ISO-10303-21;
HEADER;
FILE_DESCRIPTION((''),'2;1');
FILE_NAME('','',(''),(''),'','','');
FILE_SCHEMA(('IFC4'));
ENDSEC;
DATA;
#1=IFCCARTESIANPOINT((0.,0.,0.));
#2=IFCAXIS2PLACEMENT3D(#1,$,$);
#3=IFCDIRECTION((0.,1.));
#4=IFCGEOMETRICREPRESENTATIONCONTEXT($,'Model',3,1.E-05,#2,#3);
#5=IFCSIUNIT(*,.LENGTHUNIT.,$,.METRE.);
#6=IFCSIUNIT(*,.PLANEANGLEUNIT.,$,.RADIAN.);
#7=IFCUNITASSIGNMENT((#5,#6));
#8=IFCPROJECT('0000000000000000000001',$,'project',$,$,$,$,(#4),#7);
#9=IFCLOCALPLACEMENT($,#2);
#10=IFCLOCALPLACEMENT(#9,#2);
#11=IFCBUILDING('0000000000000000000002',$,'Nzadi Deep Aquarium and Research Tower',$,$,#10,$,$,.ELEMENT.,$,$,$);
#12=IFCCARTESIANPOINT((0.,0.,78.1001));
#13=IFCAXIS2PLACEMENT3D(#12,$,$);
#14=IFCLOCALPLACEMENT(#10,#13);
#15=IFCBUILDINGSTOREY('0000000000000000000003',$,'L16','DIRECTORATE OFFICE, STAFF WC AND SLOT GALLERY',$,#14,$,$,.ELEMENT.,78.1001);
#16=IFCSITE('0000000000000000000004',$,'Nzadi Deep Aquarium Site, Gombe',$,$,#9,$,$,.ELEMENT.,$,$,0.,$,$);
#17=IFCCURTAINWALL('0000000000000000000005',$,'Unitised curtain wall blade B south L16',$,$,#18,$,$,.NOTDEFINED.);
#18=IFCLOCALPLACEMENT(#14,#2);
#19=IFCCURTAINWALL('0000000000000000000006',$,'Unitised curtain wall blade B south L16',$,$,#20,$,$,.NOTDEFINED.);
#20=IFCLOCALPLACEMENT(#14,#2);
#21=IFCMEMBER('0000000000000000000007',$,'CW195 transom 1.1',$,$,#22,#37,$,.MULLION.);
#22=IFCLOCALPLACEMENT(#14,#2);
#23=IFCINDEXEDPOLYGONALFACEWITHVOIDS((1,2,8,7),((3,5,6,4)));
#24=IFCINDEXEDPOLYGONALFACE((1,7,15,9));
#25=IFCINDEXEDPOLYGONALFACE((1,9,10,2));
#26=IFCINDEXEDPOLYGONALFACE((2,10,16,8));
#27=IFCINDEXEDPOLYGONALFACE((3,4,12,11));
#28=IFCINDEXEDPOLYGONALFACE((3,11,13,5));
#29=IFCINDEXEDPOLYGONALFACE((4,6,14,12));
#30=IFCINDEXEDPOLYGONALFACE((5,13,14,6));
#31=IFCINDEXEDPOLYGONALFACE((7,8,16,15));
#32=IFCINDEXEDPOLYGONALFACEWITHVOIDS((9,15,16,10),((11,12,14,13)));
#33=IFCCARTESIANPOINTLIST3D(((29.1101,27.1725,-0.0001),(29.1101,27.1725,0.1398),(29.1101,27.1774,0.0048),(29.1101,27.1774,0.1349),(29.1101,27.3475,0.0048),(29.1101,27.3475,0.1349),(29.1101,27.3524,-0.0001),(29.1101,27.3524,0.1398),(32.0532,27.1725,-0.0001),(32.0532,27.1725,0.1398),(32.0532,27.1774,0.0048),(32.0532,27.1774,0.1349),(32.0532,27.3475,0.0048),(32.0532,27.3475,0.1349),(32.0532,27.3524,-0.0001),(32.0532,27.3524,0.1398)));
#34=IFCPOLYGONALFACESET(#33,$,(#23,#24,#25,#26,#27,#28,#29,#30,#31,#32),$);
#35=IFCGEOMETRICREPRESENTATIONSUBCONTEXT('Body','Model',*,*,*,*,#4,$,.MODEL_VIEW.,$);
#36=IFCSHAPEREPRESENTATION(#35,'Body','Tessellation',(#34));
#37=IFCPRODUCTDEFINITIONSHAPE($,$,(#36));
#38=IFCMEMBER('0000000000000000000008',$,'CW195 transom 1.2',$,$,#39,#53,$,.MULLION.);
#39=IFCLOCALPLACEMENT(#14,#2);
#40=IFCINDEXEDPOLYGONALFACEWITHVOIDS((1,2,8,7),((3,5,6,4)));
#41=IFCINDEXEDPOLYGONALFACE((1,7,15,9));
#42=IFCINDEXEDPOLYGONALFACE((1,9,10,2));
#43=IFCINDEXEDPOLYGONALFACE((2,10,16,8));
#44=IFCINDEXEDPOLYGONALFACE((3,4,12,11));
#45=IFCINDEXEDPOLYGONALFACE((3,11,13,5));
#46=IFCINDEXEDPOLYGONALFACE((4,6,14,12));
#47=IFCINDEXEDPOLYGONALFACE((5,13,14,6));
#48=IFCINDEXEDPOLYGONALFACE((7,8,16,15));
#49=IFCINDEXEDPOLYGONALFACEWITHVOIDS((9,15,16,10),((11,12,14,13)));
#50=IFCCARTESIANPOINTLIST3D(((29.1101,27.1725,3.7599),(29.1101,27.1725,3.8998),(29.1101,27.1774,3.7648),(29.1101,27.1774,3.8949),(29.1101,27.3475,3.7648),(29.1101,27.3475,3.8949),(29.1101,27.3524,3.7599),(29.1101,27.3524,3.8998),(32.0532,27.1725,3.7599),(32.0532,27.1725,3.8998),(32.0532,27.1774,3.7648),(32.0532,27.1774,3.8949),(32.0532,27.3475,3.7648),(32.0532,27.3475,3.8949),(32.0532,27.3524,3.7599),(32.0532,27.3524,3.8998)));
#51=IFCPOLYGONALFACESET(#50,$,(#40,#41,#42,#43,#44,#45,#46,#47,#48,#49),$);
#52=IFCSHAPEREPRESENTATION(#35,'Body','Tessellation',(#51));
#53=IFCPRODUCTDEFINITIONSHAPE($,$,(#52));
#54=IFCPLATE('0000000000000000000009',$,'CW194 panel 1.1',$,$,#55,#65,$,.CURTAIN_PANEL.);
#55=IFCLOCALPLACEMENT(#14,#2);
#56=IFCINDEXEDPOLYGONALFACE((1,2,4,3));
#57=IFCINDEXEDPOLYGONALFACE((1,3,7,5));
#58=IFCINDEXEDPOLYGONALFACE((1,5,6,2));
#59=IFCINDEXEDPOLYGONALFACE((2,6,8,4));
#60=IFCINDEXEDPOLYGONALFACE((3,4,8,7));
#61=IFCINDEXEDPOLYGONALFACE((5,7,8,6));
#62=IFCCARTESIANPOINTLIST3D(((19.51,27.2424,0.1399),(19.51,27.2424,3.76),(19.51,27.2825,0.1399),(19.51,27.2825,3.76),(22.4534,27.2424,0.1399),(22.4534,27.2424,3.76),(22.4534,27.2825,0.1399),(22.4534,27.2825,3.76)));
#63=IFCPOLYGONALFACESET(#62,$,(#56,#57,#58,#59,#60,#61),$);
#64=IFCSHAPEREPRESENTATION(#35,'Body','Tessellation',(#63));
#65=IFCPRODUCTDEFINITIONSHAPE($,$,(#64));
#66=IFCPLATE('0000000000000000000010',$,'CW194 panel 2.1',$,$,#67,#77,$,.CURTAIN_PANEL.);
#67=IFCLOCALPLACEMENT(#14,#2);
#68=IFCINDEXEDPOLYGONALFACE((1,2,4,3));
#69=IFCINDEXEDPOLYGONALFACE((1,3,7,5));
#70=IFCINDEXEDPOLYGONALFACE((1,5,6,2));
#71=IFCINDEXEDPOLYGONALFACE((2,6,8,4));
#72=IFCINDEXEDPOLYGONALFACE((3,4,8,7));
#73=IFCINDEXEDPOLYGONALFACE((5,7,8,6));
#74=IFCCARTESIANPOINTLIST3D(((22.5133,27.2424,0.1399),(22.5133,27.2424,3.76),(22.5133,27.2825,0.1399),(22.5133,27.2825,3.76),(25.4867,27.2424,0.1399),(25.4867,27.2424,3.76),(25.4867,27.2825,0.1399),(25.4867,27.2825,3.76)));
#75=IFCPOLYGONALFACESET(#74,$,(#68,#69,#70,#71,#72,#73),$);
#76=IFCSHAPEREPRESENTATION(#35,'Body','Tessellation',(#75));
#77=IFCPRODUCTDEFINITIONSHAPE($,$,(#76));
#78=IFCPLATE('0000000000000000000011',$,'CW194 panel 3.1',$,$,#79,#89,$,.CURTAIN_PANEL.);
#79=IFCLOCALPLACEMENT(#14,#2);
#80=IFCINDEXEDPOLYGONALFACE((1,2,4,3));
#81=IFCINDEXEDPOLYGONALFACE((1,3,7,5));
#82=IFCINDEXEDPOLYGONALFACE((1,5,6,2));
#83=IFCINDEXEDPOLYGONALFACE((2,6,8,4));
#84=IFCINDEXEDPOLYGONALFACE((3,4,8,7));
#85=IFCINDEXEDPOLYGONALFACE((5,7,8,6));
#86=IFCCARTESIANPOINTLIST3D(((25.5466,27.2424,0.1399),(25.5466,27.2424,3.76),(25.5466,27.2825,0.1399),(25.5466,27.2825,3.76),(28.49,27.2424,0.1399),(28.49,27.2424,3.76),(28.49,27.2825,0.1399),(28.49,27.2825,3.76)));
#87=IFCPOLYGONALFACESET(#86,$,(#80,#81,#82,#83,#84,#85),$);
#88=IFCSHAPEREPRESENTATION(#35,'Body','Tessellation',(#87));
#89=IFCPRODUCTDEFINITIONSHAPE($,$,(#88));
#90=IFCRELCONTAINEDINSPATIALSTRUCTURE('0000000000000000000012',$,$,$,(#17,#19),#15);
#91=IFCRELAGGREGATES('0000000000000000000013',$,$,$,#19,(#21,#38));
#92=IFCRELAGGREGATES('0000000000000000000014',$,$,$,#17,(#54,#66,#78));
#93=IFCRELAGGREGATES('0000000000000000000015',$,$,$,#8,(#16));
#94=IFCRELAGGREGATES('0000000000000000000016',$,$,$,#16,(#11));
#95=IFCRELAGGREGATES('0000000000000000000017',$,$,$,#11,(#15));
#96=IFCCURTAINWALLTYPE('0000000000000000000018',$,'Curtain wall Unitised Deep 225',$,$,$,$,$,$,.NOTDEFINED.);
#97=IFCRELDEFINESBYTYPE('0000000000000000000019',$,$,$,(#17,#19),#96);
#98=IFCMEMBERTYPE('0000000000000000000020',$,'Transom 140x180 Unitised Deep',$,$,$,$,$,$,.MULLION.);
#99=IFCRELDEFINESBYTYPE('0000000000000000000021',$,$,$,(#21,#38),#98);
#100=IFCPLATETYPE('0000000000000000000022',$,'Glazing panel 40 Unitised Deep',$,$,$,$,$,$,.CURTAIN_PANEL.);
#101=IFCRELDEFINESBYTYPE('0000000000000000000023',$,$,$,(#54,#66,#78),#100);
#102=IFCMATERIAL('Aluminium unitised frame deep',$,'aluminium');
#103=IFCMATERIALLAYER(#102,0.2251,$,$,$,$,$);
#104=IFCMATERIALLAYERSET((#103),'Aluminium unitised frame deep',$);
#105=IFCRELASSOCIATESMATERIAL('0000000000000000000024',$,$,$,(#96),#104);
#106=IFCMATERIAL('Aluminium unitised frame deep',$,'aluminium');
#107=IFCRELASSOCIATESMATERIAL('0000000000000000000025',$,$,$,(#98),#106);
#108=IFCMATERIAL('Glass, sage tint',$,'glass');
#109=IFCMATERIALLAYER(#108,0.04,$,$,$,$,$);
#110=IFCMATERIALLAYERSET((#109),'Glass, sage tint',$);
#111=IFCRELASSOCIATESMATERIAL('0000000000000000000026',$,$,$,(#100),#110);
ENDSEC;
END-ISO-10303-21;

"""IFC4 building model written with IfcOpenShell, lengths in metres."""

from ifc_helpers import new_model, si_unit, direction, frame, origin, origin_2d, place, context, subcontext, project, spatial, rectangle, hollow_rectangle, extrude, material, layer, layer_set, material_profile, profile_set, type_object, element, aggregate, save


model = new_model("IFC4")

# Units and contexts
model_context = context("Model", 3, precision=1e-05, world=origin(), true_north=direction((0.0, 1.0)))
body_context = subcontext(model_context, "Body", "Model", "MODEL_VIEW")
ifc_project = project(units=[si_unit("LENGTHUNIT", "METRE"), si_unit("PLANEANGLEUNIT", "RADIAN")], contexts=[model_context])

# Site, building, storey
site_placement = place(None, origin())
site = spatial("IfcSite", under=ifc_project, at=site_placement, Name="Nzadi Deep Aquarium Site, Gombe", CompositionType="ELEMENT", RefElevation=0.0)
building_placement = place(site_placement, origin())
building = spatial("IfcBuilding", under=site, at=building_placement, Name="Nzadi Deep Aquarium and Research Tower", CompositionType="ELEMENT")
storey_placement = place(building_placement, frame((0.0, 0.0, 78.1001)))
storey = spatial("IfcBuildingStorey", under=building, at=storey_placement, Name="L16", Description="DIRECTORATE OFFICE, STAFF WC AND SLOT GALLERY", CompositionType="ELEMENT", Elevation=78.1001)

# Curtain wall
ifc_material_1 = material(Name="Aluminium unitised frame deep", Category="aluminium")
ifc_layer_1 = layer(ifc_material_1, 0.2251)
ifc_layer_set_1 = layer_set([ifc_layer_1], Name="Aluminium unitised frame deep")
curtain_wall_type = type_object("IfcCurtainWallType", Name="Curtain wall Unitised Deep 225", PredefinedType="NOTDEFINED", material=ifc_layer_set_1)
curtain_wall_1_placement = place(storey_placement, origin())
curtain_wall_1 = element("IfcCurtainWall", 1, at=curtain_wall_1_placement, inside=storey, type_object=curtain_wall_type, Name="Unitised curtain wall blade B south L16", PredefinedType="NOTDEFINED")

# Curtain wall
curtain_wall_2_placement = place(storey_placement, origin())
curtain_wall_2 = element("IfcCurtainWall", 2, at=curtain_wall_2_placement, inside=storey, type_object=curtain_wall_type, Name="Unitised curtain wall blade B south L16", PredefinedType="NOTDEFINED")

# Members
ifc_material_2 = material(Name="Aluminium unitised frame deep", Category="aluminium")
ifc_material_profile_1 = material_profile(ifc_material_2, hollow_rectangle(XDim=0.1799, YDim=0.1399, WallThickness=0.0049, at=origin_2d()))
ifc_profile_set_1 = profile_set([ifc_material_profile_1], Name="Aluminium unitised frame deep")
member_type_1 = type_object("IfcMemberType", Name="Transom 140x180 Unitised Deep", PredefinedType="MULLION", material=ifc_profile_set_1)
member_1_placement = place(storey_placement, frame((29.1101, 27.2625, 0.0698), z_axis=(1.0, 0.0, 0.0), x_axis=(0.0, 1.0, 0.0)))
member_1 = element("IfcMember", 3, at=member_1_placement, type_object=member_type_1, Name="CW195 transom 1.1", PredefinedType="MULLION", context=body_context, shape_type="SweptSolid", body=[
    extrude(hollow_rectangle(XDim=0.1799, YDim=0.1399, WallThickness=0.0049, at=origin_2d()), origin(), (0.0, 0.0, 1.0), 2.9431),
])
member_2_placement = place(storey_placement, frame((29.1101, 27.2625, 3.8298), z_axis=(1.0, 0.0, 0.0), x_axis=(0.0, 1.0, 0.0)))
member_2 = element("IfcMember", 4, at=member_2_placement, type_object=member_type_1, Name="CW195 transom 1.2", PredefinedType="MULLION", context=body_context, shape_type="SweptSolid", body=[
    extrude(hollow_rectangle(XDim=0.1799, YDim=0.1399, WallThickness=0.0049, at=origin_2d()), origin(), (0.0, 0.0, 1.0), 2.9431),
])
aggregate(curtain_wall_2, [member_1, member_2])

# Plates
ifc_material_3 = material(Name="Glass, sage tint", Category="glass")
ifc_layer_2 = layer(ifc_material_3, 0.04)
ifc_layer_set_2 = layer_set([ifc_layer_2], Name="Glass, sage tint")
plate_type = type_object("IfcPlateType", Name="Glazing panel 40 Unitised Deep", PredefinedType="CURTAIN_PANEL", material=ifc_layer_set_2)
plate_1_placement = place(storey_placement, frame((20.9817, 27.2625, 0.1399), z_axis=(0.0, 0.0, 1.0), x_axis=(1.0, 0.0, 0.0)))
plate_1 = element("IfcPlate", 5, at=plate_1_placement, type_object=plate_type, Name="CW194 panel 1.1", PredefinedType="CURTAIN_PANEL", context=body_context, shape_type="SweptSolid", body=[
    extrude(rectangle(XDim=2.9434, YDim=0.04, at=origin_2d()), origin(), (0.0, 0.0, 1.0), 3.6201),
])
plate_2_placement = place(storey_placement, frame((24.0, 27.2625, 0.1399), z_axis=(0.0, 0.0, 1.0), x_axis=(1.0, 0.0, 0.0)))
plate_2 = element("IfcPlate", 6, at=plate_2_placement, type_object=plate_type, Name="CW194 panel 2.1", PredefinedType="CURTAIN_PANEL", context=body_context, shape_type="SweptSolid", body=[
    extrude(rectangle(XDim=2.9734, YDim=0.04, at=origin_2d()), origin(), (0.0, 0.0, 1.0), 3.6201),
])
plate_3_placement = place(storey_placement, frame((27.0183, 27.2625, 0.1399), z_axis=(0.0, 0.0, 1.0), x_axis=(1.0, 0.0, 0.0)))
plate_3 = element("IfcPlate", 7, at=plate_3_placement, type_object=plate_type, Name="CW194 panel 3.1", PredefinedType="CURTAIN_PANEL", context=body_context, shape_type="SweptSolid", body=[
    extrude(rectangle(XDim=2.9434, YDim=0.04, at=origin_2d()), origin(), (0.0, 0.0, 1.0), 3.6201),
])
aggregate(curtain_wall_1, [plate_1, plate_2, plate_3])

save(model, "model.ifc")
